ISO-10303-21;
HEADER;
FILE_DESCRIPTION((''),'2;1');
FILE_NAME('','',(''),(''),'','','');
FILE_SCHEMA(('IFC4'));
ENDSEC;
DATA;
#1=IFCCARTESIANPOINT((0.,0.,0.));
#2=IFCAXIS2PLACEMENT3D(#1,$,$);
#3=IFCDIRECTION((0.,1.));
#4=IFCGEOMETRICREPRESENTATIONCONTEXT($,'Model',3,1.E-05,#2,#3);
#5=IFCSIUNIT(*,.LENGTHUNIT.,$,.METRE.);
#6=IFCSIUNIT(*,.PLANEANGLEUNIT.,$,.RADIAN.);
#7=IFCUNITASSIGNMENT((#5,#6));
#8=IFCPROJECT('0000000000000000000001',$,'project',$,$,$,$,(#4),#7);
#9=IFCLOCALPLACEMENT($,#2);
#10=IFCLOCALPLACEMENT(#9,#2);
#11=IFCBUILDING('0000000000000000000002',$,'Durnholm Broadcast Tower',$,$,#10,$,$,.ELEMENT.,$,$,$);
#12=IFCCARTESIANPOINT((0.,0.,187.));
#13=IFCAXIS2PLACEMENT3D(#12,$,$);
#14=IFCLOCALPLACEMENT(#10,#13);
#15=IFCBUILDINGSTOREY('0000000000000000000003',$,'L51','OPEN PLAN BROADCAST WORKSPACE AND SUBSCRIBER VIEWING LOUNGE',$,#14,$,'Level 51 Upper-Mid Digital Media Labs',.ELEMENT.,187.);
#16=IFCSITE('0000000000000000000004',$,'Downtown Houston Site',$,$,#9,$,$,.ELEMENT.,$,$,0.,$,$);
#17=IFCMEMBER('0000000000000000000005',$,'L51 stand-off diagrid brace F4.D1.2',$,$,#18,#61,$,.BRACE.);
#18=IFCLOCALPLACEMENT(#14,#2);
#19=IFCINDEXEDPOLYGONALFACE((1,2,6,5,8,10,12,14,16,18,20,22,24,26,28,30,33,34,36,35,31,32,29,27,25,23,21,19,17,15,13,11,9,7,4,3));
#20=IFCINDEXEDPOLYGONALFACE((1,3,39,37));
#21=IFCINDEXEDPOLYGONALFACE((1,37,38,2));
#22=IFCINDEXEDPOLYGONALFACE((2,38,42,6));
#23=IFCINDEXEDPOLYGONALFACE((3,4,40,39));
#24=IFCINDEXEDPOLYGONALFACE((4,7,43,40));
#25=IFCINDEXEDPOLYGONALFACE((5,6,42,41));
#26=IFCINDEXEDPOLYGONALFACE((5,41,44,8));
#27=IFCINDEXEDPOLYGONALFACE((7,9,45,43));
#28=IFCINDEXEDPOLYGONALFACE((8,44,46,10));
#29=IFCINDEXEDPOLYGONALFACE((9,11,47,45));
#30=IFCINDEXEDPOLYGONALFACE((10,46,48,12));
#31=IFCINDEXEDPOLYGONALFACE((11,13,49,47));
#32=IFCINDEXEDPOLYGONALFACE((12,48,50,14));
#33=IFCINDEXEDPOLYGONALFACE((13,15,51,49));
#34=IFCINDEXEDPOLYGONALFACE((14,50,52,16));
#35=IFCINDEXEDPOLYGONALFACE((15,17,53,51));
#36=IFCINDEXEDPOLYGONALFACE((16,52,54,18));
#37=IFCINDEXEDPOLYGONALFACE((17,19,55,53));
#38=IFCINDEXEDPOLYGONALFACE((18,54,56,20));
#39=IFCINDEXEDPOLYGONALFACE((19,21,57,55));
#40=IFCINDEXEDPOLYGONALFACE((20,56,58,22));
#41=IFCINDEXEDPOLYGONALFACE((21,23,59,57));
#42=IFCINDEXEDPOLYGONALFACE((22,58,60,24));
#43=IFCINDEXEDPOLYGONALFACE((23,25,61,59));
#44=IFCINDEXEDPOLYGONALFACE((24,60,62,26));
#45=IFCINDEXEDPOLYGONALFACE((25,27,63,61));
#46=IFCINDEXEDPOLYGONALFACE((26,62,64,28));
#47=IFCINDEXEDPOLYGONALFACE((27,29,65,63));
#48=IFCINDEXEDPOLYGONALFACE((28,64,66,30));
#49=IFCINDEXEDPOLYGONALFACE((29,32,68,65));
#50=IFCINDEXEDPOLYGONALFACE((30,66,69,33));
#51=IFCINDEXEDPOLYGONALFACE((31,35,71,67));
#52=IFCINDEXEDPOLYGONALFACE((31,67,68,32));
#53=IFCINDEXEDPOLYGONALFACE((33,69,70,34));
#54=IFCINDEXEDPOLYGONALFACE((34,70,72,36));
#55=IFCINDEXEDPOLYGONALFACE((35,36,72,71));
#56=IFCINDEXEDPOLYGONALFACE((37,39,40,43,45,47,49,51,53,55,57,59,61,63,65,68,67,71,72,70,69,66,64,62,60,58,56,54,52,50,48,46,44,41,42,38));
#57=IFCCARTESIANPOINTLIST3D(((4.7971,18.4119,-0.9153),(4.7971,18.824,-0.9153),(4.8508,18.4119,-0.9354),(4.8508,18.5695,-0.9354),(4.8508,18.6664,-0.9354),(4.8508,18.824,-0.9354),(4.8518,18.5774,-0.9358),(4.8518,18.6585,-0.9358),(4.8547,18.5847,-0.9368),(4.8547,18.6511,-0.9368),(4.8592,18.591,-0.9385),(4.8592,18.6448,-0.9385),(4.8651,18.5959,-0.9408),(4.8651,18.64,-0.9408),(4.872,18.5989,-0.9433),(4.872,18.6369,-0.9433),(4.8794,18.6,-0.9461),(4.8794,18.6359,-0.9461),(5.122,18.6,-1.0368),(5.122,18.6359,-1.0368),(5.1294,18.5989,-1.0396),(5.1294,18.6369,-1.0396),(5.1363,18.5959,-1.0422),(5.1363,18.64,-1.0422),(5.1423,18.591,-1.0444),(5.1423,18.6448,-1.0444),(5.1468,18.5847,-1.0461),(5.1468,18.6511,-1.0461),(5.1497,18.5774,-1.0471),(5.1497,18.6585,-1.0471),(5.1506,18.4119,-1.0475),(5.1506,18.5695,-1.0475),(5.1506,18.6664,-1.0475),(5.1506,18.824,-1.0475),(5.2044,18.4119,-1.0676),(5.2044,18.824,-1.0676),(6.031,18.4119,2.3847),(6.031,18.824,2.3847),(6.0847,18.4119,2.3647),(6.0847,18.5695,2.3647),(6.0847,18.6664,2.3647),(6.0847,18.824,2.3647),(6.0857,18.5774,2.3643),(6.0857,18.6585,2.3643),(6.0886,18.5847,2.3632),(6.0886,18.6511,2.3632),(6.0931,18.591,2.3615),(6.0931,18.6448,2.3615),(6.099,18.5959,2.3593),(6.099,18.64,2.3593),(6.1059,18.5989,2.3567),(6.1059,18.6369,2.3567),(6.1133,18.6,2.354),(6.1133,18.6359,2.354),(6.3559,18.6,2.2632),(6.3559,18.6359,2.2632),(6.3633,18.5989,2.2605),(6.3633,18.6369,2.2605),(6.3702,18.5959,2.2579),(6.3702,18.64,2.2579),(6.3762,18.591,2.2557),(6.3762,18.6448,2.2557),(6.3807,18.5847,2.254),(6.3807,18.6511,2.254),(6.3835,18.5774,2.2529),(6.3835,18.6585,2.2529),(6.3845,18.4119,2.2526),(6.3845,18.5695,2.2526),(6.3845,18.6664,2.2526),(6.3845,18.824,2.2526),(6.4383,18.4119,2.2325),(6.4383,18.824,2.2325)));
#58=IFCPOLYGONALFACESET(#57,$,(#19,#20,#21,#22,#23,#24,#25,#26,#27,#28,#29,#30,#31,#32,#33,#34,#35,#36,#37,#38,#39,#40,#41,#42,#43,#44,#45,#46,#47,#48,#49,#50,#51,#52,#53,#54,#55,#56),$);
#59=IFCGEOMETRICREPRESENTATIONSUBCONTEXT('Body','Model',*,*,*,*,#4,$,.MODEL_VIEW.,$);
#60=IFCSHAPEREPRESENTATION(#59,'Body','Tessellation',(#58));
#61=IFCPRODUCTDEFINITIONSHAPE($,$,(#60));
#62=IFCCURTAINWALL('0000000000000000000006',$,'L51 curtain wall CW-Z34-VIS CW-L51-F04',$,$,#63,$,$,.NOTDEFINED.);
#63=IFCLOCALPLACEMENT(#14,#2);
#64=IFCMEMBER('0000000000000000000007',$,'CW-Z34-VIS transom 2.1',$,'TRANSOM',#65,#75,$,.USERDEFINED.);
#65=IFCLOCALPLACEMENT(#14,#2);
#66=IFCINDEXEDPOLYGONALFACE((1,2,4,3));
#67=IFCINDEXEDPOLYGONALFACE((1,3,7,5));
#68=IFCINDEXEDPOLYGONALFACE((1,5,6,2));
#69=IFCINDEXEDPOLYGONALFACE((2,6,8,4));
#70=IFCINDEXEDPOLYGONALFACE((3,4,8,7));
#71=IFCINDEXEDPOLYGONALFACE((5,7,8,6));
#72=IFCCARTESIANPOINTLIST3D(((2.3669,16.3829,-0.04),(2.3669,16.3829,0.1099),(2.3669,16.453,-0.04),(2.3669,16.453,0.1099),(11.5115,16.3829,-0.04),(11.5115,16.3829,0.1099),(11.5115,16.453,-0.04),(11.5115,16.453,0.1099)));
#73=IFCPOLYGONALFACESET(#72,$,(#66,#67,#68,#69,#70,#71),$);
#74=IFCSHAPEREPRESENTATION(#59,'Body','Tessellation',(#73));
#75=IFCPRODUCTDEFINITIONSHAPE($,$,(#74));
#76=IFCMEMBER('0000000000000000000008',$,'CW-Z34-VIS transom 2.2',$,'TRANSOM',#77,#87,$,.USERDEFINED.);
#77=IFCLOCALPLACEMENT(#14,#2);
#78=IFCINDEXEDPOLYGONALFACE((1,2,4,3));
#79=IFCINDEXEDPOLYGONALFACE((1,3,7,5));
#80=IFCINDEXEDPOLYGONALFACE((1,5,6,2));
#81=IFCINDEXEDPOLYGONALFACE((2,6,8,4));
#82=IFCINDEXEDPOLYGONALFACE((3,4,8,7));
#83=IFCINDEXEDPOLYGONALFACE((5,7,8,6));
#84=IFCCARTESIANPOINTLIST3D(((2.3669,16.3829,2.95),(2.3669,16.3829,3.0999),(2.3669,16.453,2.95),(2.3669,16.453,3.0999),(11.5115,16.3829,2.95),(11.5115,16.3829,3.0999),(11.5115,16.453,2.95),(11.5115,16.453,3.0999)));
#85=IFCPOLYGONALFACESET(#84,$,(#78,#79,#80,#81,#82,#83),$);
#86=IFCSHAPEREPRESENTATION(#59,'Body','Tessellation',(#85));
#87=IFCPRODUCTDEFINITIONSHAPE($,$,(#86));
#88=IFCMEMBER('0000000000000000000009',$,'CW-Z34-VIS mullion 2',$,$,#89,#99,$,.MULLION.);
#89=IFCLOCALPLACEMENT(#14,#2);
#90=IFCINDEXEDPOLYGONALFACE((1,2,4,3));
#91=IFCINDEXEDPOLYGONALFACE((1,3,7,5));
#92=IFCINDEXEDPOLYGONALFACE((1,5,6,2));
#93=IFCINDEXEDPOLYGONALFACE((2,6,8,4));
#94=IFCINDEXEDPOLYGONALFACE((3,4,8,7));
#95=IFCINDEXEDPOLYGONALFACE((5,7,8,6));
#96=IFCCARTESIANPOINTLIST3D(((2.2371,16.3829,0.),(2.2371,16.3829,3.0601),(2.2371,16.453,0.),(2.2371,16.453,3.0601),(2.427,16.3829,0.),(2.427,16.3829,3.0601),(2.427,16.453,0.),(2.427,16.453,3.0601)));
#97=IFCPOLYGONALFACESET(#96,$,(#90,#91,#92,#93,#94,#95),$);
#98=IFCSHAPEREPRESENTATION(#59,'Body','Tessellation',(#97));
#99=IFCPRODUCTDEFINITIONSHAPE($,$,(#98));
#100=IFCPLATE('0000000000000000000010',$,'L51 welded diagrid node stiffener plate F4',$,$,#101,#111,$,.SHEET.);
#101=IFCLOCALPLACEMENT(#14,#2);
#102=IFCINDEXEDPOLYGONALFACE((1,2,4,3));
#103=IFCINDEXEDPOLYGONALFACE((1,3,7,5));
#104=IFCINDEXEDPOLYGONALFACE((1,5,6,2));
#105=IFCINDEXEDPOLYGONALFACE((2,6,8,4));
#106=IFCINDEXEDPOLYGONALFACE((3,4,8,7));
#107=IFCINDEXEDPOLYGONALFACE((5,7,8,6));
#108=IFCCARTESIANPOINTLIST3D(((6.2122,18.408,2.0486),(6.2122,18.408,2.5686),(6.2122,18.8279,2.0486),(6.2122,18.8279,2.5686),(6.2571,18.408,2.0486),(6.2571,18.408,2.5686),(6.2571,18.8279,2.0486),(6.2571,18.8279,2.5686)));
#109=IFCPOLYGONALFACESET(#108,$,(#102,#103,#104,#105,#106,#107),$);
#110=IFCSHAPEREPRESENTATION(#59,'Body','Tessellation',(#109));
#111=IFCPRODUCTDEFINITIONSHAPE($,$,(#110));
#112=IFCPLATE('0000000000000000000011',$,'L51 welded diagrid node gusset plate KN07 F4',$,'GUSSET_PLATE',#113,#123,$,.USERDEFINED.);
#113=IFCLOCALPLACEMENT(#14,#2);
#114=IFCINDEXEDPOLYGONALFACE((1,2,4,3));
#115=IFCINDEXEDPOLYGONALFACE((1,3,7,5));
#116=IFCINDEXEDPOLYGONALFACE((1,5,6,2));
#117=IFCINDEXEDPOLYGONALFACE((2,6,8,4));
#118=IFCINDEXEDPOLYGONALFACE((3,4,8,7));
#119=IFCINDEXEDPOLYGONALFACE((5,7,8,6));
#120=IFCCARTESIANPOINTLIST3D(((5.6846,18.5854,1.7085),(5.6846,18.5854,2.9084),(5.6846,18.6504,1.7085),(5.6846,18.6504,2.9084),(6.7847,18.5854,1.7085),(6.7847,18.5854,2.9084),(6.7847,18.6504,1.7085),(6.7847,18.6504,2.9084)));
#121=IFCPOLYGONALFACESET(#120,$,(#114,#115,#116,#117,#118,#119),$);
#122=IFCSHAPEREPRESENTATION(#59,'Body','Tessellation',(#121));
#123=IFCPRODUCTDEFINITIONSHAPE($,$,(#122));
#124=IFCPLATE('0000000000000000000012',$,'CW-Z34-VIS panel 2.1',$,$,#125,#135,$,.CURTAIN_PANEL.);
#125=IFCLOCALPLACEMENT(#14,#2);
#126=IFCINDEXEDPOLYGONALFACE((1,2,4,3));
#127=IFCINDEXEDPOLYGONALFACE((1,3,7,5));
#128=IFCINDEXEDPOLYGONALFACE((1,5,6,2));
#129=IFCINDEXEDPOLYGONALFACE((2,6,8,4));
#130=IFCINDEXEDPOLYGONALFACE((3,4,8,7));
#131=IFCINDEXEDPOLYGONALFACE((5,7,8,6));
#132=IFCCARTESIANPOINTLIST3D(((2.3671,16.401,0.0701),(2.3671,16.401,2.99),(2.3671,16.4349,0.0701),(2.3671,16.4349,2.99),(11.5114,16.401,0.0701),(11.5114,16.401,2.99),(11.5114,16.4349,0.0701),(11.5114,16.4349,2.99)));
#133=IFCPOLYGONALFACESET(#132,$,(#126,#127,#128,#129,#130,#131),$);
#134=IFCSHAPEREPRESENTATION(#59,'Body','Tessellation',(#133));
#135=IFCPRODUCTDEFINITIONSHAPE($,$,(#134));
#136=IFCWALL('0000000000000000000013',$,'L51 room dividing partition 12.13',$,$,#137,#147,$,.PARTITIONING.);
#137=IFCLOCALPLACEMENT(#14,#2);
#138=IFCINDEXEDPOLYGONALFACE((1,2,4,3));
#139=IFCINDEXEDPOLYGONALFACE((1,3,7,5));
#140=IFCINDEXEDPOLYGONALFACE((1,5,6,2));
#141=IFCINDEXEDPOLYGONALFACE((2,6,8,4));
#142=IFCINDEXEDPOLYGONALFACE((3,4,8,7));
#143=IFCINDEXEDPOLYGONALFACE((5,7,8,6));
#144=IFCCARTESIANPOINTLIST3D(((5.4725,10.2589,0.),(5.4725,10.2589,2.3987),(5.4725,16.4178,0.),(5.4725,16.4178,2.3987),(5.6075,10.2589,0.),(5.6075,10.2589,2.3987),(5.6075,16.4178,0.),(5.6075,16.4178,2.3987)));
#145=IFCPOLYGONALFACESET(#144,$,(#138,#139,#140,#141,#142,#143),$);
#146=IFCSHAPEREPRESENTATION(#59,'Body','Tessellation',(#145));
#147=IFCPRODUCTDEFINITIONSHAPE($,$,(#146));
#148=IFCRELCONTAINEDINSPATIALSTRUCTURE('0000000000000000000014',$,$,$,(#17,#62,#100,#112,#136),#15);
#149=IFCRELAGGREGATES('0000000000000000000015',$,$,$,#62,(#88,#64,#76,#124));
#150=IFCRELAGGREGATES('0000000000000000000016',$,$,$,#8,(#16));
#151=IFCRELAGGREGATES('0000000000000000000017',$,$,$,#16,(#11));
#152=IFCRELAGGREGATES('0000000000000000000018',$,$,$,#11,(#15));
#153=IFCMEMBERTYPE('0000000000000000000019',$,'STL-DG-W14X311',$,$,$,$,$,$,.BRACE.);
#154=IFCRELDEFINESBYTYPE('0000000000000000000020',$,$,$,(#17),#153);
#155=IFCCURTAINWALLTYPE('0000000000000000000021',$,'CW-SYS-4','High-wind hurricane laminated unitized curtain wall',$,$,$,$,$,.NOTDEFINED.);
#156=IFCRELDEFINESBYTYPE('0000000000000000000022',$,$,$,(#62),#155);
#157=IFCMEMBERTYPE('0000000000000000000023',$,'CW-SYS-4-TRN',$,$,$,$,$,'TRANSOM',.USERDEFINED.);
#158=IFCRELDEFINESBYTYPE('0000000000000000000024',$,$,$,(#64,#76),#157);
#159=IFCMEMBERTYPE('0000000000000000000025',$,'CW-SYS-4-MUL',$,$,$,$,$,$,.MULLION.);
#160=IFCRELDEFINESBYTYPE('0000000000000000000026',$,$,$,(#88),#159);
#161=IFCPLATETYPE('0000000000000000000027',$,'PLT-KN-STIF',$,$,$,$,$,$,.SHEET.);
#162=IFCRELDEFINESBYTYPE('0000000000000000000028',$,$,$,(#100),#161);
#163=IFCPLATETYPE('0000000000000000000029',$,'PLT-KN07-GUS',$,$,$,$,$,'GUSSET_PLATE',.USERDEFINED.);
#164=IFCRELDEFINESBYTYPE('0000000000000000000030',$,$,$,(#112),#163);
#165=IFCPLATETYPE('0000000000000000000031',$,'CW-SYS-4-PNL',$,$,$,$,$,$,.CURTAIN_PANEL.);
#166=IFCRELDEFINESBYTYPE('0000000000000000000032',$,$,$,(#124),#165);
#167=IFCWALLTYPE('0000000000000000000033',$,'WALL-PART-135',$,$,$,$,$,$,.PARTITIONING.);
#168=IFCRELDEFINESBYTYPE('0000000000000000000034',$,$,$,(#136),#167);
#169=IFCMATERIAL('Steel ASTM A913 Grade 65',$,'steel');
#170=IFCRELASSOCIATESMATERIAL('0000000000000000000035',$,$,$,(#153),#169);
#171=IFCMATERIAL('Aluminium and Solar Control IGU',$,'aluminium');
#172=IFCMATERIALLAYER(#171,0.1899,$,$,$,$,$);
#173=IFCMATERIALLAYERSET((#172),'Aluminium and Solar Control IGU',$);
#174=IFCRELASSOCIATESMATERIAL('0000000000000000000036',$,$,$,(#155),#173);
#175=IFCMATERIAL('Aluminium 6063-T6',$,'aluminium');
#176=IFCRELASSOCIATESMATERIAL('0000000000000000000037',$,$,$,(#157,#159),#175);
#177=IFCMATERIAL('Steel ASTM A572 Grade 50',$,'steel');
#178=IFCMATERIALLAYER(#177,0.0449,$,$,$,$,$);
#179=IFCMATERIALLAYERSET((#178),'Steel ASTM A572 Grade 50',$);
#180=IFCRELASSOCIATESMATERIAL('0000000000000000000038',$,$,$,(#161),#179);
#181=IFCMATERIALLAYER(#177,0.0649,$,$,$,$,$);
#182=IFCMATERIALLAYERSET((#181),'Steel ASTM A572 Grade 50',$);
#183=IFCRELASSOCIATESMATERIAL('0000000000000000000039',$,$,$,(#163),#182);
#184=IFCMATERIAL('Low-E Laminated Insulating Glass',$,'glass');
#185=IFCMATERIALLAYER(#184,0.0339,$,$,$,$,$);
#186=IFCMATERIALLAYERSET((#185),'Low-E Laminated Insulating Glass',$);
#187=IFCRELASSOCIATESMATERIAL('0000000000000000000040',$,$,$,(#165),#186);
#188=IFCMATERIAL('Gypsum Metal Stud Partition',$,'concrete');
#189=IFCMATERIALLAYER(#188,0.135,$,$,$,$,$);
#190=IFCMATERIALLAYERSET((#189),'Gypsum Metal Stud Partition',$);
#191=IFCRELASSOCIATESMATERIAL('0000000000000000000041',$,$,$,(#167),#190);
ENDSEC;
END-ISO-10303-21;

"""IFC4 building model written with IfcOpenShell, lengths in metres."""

from ifc_helpers import new_model, si_unit, direction, frame, frame_2d, origin, origin_2d, place, context, subcontext, project, spatial, rectangle, i_section, extrude, source, transform, mapped, material, layer, layer_set, material_profile, profile_set, type_object, type_shapes, element, aggregate, save


model = new_model("IFC4")

# Units and contexts
model_context = context("Model", 3, precision=1e-05, world=origin(), true_north=direction((0.0, 1.0)))
body_context = subcontext(model_context, "Body", "Model", "MODEL_VIEW")
ifc_project = project(units=[si_unit("LENGTHUNIT", "METRE"), si_unit("PLANEANGLEUNIT", "RADIAN")], contexts=[model_context])

# Site, building, storey
site_placement = place(None, origin())
site = spatial("IfcSite", under=ifc_project, at=site_placement, Name="Downtown Houston Site", CompositionType="ELEMENT", RefElevation=0.0)
building_placement = place(site_placement, origin())
building = spatial("IfcBuilding", under=site, at=building_placement, Name="Durnholm Broadcast Tower", CompositionType="ELEMENT")
storey_placement = place(building_placement, frame((0.0, 0.0, 187.0)))
storey = spatial("IfcBuildingStorey", under=building, at=storey_placement, Name="L51", Description="OPEN PLAN BROADCAST WORKSPACE AND SUBSCRIBER VIEWING LOUNGE", LongName="Level 51 Upper-Mid Digital Media Labs", CompositionType="ELEMENT", Elevation=187.0)

# Member
ifc_material_1 = material(Name="Steel ASTM A913 Grade 65", Category="steel")
ifc_material_profile_1 = material_profile(ifc_material_1, i_section(OverallWidth=0.4121, OverallDepth=0.4348, WebThickness=0.0359, FlangeThickness=0.0574, FilletRadius=0.0305, at=origin_2d()), Name="W14X311")
ifc_profile_set_1 = profile_set([ifc_material_profile_1], Name="Steel ASTM A913 Grade 65")
member_type_1 = type_object("IfcMemberType", Name="STL-DG-W14X311", PredefinedType="BRACE", material=ifc_profile_set_1)
shared_shape_1 = source(origin(), body_context, "Body", "SweptSolid", [
    extrude(i_section(OverallWidth=0.4121, OverallDepth=0.4348, WebThickness=0.0359, FlangeThickness=0.0574, FilletRadius=0.0305, at=origin_2d()), origin(), (0.0, 0.0, 1.0), 3.5232),
])
type_shapes(member_type_1, [shared_shape_1])
for number, where, z_axis, x_axis, name in (
    (1, (5.0007, 18.6179, -0.9915), (0.35022, 0.0, 0.936668), (0.0, 1.0, 0.0), "L51 stand-off diagrid brace F4.D1.2"),
):
    element("IfcMember", number, at=place(storey_placement, frame(where, z_axis=z_axis, x_axis=x_axis)), inside=storey, type_object=member_type_1, Name=name, PredefinedType="BRACE", context=body_context, shape_type="MappedRepresentation", body=[
        mapped(shared_shape_1, transform((0.0, 0.0, 0.0), x_axis=(1.0, 0.0, 0.0), y_axis=(0.0, 1.0, 0.0), z_axis=(0.0, 0.0, 1.0), scale=1.0)),
    ])

# Curtain wall, members
ifc_material_2 = material(Name="Aluminium and Solar Control IGU", Category="aluminium")
ifc_layer_1 = layer(ifc_material_2, 0.1899)
ifc_layer_set_1 = layer_set([ifc_layer_1], Name="Aluminium and Solar Control IGU")
curtain_wall_type = type_object("IfcCurtainWallType", Name="CW-SYS-4", Description="High-wind hurricane laminated unitized curtain wall", PredefinedType="NOTDEFINED", material=ifc_layer_set_1)
curtain_wall_placement = place(storey_placement, origin())
curtain_wall = element("IfcCurtainWall", 2, at=curtain_wall_placement, inside=storey, type_object=curtain_wall_type, Name="L51 curtain wall CW-Z34-VIS CW-L51-F04", PredefinedType="NOTDEFINED")
ifc_material_3 = material(Name="Aluminium 6063-T6", Category="aluminium")
ifc_material_profile_2 = material_profile(ifc_material_3, rectangle(XDim=0.0701, YDim=0.1499, at=origin_2d()), Name="CWT70X150")
ifc_profile_set_2 = profile_set([ifc_material_profile_2], Name="Aluminium 6063-T6")
member_type_2 = type_object("IfcMemberType", Name="CW-SYS-4-TRN", ElementType="TRANSOM", PredefinedType="USERDEFINED", material=ifc_profile_set_2)
shared_shape_2 = source(origin(), body_context, "Body", "SweptSolid", [
    extrude(rectangle(XDim=0.0701, YDim=0.1499, at=origin_2d()), origin(), (0.0, 0.0, 1.0), 9.1445),
])
type_shapes(member_type_2, [shared_shape_2])
member_1_placement = place(storey_placement, frame((2.3669, 16.418, 0.0349), z_axis=(1.0, 0.0, 0.0), x_axis=(0.0, 1.0, 0.0)))
member_1 = element("IfcMember", 3, at=member_1_placement, type_object=member_type_2, Name="CW-Z34-VIS transom 2.1", ObjectType="TRANSOM", PredefinedType="USERDEFINED", context=body_context, shape_type="MappedRepresentation", body=[
    mapped(shared_shape_2, transform((0.0, 0.0, 0.0), x_axis=(1.0, 0.0, 0.0), y_axis=(0.0, 1.0, 0.0), z_axis=(0.0, 0.0, 1.0), scale=1.0)),
])
member_2_placement = place(storey_placement, frame((2.3669, 16.418, 3.0249), z_axis=(1.0, 0.0, 0.0), x_axis=(0.0, 1.0, 0.0)))
member_2 = element("IfcMember", 4, at=member_2_placement, type_object=member_type_2, Name="CW-Z34-VIS transom 2.2", ObjectType="TRANSOM", PredefinedType="USERDEFINED", context=body_context, shape_type="MappedRepresentation", body=[
    mapped(shared_shape_2, transform((0.0, 0.0, 0.0), x_axis=(1.0, 0.0, 0.0), y_axis=(0.0, 1.0, 0.0), z_axis=(0.0, 0.0, 1.0), scale=1.0)),
])
ifc_material_profile_3 = material_profile(ifc_material_3, rectangle(XDim=0.0701, YDim=0.1899, at=origin_2d()), Name="CWM70X190")
ifc_profile_set_3 = profile_set([ifc_material_profile_3], Name="Aluminium 6063-T6")
member_type_3 = type_object("IfcMemberType", Name="CW-SYS-4-MUL", PredefinedType="MULLION", material=ifc_profile_set_3)
shared_shape_3 = source(origin(), body_context, "Body", "SweptSolid", [
    extrude(rectangle(XDim=0.0701, YDim=0.1899, at=origin_2d()), origin(), (0.0, 0.0, 1.0), 3.0601),
])
type_shapes(member_type_3, [shared_shape_3])
member_3_placement = place(storey_placement, frame((2.332, 16.418, 0.0), z_axis=(0.0, 0.0, 1.0), x_axis=(0.0, 1.0, 0.0)))
member_3 = element("IfcMember", 5, at=member_3_placement, type_object=member_type_3, Name="CW-Z34-VIS mullion 2", PredefinedType="MULLION", context=body_context, shape_type="MappedRepresentation", body=[
    mapped(shared_shape_3, transform((0.0, 0.0, 0.0), x_axis=(1.0, 0.0, 0.0), y_axis=(0.0, 1.0, 0.0), z_axis=(0.0, 0.0, 1.0), scale=1.0)),
])

# Plates
ifc_material_4 = material(Name="Steel ASTM A572 Grade 50", Category="steel")
ifc_layer_2 = layer(ifc_material_4, 0.0449)
ifc_layer_set_2 = layer_set([ifc_layer_2], Name="Steel ASTM A572 Grade 50")
plate_type_1 = type_object("IfcPlateType", Name="PLT-KN-STIF", PredefinedType="SHEET", material=ifc_layer_set_2)
shared_shape_4 = source(origin(), body_context, "Body", "SweptSolid", [
    extrude(rectangle(XDim=0.0449, YDim=0.4199, at=origin_2d()), origin(), (0.0, 0.0, 1.0), 0.52),
])
type_shapes(plate_type_1, [shared_shape_4])
plate_1_placement = place(storey_placement, frame((6.2346, 18.6179, 2.0486), z_axis=(0.0, 0.0, 1.0), x_axis=(-1.0, 0.0, 0.0)))
element("IfcPlate", 6, at=plate_1_placement, inside=storey, type_object=plate_type_1, Name="L51 welded diagrid node stiffener plate F4", PredefinedType="SHEET", context=body_context, shape_type="MappedRepresentation", body=[
    mapped(shared_shape_4, transform((0.0, 0.0, 0.0), x_axis=(1.0, 0.0, 0.0), y_axis=(0.0, 1.0, 0.0), z_axis=(0.0, 0.0, 1.0), scale=1.0)),
])
ifc_layer_3 = layer(ifc_material_4, 0.0649)
ifc_layer_set_3 = layer_set([ifc_layer_3], Name="Steel ASTM A572 Grade 50")
plate_type_2 = type_object("IfcPlateType", Name="PLT-KN07-GUS", ElementType="GUSSET_PLATE", PredefinedType="USERDEFINED", material=ifc_layer_set_3)
shared_shape_5 = source(origin(), body_context, "Body", "SweptSolid", [
    extrude(rectangle(XDim=1.1001, YDim=0.0649, at=origin_2d()), origin(), (0.0, 0.0, 1.0), 1.2),
])
type_shapes(plate_type_2, [shared_shape_5])
plate_2_placement = place(storey_placement, frame((6.2346, 18.6179, 1.7085), z_axis=(0.0, 0.0, 1.0), x_axis=(-1.0, 0.0, 0.0)))
element("IfcPlate", 7, at=plate_2_placement, inside=storey, type_object=plate_type_2, Name="L51 welded diagrid node gusset plate KN07 F4", ObjectType="GUSSET_PLATE", PredefinedType="USERDEFINED", context=body_context, shape_type="MappedRepresentation", body=[
    mapped(shared_shape_5, transform((0.0, 0.0, 0.0), x_axis=(1.0, 0.0, 0.0), y_axis=(0.0, 1.0, 0.0), z_axis=(0.0, 0.0, 1.0), scale=1.0)),
])

# Plate
ifc_material_5 = material(Name="Low-E Laminated Insulating Glass", Category="glass")
ifc_layer_4 = layer(ifc_material_5, 0.0339)
ifc_layer_set_4 = layer_set([ifc_layer_4], Name="Low-E Laminated Insulating Glass")
plate_type_3 = type_object("IfcPlateType", Name="CW-SYS-4-PNL", PredefinedType="CURTAIN_PANEL", material=ifc_layer_set_4)
shared_shape_6 = source(origin(), body_context, "Body", "SweptSolid", [
    extrude(rectangle(XDim=9.1443, YDim=0.0339, at=origin_2d()), origin(), (0.0, 0.0, 1.0), 2.9199),
])
type_shapes(plate_type_3, [shared_shape_6])
plate_3_placement = place(storey_placement, frame((6.9392, 16.418, 0.0701), z_axis=(0.0, 0.0, 1.0), x_axis=(1.0, 0.0, 0.0)))
plate_3 = element("IfcPlate", 8, at=plate_3_placement, type_object=plate_type_3, Name="CW-Z34-VIS panel 2.1", PredefinedType="CURTAIN_PANEL", context=body_context, shape_type="MappedRepresentation", body=[
    mapped(shared_shape_6, transform((0.0, 0.0, 0.0), x_axis=(1.0, 0.0, 0.0), y_axis=(0.0, 1.0, 0.0), z_axis=(0.0, 0.0, 1.0), scale=1.0)),
])
aggregate(curtain_wall, [member_3, member_1, member_2, plate_3])

# Wall
ifc_material_6 = material(Name="Gypsum Metal Stud Partition", Category="concrete")
ifc_layer_5 = layer(ifc_material_6, 0.135)
ifc_layer_set_5 = layer_set([ifc_layer_5], Name="Gypsum Metal Stud Partition")
wall_type_1 = type_object("IfcWallType", Name="WALL-PART-135", PredefinedType="PARTITIONING", material=ifc_layer_set_5)
wall_1_placement = place(storey_placement, frame((5.54, 16.418, 0.0), z_axis=(0.0, 0.0, 1.0), x_axis=(0.0, -1.0, 0.0)))
element("IfcWall", 9, at=wall_1_placement, inside=storey, type_object=wall_type_1, Name="L51 room dividing partition 12.13", PredefinedType="PARTITIONING", context=body_context, shape_type="SweptSolid", body=[
    extrude(rectangle(XDim=6.1589, YDim=0.135, at=frame_2d((3.0796, 0.0))), origin(), (0.0, 0.0, 1.0), 2.3987),
])

save(model, "model.ifc")
